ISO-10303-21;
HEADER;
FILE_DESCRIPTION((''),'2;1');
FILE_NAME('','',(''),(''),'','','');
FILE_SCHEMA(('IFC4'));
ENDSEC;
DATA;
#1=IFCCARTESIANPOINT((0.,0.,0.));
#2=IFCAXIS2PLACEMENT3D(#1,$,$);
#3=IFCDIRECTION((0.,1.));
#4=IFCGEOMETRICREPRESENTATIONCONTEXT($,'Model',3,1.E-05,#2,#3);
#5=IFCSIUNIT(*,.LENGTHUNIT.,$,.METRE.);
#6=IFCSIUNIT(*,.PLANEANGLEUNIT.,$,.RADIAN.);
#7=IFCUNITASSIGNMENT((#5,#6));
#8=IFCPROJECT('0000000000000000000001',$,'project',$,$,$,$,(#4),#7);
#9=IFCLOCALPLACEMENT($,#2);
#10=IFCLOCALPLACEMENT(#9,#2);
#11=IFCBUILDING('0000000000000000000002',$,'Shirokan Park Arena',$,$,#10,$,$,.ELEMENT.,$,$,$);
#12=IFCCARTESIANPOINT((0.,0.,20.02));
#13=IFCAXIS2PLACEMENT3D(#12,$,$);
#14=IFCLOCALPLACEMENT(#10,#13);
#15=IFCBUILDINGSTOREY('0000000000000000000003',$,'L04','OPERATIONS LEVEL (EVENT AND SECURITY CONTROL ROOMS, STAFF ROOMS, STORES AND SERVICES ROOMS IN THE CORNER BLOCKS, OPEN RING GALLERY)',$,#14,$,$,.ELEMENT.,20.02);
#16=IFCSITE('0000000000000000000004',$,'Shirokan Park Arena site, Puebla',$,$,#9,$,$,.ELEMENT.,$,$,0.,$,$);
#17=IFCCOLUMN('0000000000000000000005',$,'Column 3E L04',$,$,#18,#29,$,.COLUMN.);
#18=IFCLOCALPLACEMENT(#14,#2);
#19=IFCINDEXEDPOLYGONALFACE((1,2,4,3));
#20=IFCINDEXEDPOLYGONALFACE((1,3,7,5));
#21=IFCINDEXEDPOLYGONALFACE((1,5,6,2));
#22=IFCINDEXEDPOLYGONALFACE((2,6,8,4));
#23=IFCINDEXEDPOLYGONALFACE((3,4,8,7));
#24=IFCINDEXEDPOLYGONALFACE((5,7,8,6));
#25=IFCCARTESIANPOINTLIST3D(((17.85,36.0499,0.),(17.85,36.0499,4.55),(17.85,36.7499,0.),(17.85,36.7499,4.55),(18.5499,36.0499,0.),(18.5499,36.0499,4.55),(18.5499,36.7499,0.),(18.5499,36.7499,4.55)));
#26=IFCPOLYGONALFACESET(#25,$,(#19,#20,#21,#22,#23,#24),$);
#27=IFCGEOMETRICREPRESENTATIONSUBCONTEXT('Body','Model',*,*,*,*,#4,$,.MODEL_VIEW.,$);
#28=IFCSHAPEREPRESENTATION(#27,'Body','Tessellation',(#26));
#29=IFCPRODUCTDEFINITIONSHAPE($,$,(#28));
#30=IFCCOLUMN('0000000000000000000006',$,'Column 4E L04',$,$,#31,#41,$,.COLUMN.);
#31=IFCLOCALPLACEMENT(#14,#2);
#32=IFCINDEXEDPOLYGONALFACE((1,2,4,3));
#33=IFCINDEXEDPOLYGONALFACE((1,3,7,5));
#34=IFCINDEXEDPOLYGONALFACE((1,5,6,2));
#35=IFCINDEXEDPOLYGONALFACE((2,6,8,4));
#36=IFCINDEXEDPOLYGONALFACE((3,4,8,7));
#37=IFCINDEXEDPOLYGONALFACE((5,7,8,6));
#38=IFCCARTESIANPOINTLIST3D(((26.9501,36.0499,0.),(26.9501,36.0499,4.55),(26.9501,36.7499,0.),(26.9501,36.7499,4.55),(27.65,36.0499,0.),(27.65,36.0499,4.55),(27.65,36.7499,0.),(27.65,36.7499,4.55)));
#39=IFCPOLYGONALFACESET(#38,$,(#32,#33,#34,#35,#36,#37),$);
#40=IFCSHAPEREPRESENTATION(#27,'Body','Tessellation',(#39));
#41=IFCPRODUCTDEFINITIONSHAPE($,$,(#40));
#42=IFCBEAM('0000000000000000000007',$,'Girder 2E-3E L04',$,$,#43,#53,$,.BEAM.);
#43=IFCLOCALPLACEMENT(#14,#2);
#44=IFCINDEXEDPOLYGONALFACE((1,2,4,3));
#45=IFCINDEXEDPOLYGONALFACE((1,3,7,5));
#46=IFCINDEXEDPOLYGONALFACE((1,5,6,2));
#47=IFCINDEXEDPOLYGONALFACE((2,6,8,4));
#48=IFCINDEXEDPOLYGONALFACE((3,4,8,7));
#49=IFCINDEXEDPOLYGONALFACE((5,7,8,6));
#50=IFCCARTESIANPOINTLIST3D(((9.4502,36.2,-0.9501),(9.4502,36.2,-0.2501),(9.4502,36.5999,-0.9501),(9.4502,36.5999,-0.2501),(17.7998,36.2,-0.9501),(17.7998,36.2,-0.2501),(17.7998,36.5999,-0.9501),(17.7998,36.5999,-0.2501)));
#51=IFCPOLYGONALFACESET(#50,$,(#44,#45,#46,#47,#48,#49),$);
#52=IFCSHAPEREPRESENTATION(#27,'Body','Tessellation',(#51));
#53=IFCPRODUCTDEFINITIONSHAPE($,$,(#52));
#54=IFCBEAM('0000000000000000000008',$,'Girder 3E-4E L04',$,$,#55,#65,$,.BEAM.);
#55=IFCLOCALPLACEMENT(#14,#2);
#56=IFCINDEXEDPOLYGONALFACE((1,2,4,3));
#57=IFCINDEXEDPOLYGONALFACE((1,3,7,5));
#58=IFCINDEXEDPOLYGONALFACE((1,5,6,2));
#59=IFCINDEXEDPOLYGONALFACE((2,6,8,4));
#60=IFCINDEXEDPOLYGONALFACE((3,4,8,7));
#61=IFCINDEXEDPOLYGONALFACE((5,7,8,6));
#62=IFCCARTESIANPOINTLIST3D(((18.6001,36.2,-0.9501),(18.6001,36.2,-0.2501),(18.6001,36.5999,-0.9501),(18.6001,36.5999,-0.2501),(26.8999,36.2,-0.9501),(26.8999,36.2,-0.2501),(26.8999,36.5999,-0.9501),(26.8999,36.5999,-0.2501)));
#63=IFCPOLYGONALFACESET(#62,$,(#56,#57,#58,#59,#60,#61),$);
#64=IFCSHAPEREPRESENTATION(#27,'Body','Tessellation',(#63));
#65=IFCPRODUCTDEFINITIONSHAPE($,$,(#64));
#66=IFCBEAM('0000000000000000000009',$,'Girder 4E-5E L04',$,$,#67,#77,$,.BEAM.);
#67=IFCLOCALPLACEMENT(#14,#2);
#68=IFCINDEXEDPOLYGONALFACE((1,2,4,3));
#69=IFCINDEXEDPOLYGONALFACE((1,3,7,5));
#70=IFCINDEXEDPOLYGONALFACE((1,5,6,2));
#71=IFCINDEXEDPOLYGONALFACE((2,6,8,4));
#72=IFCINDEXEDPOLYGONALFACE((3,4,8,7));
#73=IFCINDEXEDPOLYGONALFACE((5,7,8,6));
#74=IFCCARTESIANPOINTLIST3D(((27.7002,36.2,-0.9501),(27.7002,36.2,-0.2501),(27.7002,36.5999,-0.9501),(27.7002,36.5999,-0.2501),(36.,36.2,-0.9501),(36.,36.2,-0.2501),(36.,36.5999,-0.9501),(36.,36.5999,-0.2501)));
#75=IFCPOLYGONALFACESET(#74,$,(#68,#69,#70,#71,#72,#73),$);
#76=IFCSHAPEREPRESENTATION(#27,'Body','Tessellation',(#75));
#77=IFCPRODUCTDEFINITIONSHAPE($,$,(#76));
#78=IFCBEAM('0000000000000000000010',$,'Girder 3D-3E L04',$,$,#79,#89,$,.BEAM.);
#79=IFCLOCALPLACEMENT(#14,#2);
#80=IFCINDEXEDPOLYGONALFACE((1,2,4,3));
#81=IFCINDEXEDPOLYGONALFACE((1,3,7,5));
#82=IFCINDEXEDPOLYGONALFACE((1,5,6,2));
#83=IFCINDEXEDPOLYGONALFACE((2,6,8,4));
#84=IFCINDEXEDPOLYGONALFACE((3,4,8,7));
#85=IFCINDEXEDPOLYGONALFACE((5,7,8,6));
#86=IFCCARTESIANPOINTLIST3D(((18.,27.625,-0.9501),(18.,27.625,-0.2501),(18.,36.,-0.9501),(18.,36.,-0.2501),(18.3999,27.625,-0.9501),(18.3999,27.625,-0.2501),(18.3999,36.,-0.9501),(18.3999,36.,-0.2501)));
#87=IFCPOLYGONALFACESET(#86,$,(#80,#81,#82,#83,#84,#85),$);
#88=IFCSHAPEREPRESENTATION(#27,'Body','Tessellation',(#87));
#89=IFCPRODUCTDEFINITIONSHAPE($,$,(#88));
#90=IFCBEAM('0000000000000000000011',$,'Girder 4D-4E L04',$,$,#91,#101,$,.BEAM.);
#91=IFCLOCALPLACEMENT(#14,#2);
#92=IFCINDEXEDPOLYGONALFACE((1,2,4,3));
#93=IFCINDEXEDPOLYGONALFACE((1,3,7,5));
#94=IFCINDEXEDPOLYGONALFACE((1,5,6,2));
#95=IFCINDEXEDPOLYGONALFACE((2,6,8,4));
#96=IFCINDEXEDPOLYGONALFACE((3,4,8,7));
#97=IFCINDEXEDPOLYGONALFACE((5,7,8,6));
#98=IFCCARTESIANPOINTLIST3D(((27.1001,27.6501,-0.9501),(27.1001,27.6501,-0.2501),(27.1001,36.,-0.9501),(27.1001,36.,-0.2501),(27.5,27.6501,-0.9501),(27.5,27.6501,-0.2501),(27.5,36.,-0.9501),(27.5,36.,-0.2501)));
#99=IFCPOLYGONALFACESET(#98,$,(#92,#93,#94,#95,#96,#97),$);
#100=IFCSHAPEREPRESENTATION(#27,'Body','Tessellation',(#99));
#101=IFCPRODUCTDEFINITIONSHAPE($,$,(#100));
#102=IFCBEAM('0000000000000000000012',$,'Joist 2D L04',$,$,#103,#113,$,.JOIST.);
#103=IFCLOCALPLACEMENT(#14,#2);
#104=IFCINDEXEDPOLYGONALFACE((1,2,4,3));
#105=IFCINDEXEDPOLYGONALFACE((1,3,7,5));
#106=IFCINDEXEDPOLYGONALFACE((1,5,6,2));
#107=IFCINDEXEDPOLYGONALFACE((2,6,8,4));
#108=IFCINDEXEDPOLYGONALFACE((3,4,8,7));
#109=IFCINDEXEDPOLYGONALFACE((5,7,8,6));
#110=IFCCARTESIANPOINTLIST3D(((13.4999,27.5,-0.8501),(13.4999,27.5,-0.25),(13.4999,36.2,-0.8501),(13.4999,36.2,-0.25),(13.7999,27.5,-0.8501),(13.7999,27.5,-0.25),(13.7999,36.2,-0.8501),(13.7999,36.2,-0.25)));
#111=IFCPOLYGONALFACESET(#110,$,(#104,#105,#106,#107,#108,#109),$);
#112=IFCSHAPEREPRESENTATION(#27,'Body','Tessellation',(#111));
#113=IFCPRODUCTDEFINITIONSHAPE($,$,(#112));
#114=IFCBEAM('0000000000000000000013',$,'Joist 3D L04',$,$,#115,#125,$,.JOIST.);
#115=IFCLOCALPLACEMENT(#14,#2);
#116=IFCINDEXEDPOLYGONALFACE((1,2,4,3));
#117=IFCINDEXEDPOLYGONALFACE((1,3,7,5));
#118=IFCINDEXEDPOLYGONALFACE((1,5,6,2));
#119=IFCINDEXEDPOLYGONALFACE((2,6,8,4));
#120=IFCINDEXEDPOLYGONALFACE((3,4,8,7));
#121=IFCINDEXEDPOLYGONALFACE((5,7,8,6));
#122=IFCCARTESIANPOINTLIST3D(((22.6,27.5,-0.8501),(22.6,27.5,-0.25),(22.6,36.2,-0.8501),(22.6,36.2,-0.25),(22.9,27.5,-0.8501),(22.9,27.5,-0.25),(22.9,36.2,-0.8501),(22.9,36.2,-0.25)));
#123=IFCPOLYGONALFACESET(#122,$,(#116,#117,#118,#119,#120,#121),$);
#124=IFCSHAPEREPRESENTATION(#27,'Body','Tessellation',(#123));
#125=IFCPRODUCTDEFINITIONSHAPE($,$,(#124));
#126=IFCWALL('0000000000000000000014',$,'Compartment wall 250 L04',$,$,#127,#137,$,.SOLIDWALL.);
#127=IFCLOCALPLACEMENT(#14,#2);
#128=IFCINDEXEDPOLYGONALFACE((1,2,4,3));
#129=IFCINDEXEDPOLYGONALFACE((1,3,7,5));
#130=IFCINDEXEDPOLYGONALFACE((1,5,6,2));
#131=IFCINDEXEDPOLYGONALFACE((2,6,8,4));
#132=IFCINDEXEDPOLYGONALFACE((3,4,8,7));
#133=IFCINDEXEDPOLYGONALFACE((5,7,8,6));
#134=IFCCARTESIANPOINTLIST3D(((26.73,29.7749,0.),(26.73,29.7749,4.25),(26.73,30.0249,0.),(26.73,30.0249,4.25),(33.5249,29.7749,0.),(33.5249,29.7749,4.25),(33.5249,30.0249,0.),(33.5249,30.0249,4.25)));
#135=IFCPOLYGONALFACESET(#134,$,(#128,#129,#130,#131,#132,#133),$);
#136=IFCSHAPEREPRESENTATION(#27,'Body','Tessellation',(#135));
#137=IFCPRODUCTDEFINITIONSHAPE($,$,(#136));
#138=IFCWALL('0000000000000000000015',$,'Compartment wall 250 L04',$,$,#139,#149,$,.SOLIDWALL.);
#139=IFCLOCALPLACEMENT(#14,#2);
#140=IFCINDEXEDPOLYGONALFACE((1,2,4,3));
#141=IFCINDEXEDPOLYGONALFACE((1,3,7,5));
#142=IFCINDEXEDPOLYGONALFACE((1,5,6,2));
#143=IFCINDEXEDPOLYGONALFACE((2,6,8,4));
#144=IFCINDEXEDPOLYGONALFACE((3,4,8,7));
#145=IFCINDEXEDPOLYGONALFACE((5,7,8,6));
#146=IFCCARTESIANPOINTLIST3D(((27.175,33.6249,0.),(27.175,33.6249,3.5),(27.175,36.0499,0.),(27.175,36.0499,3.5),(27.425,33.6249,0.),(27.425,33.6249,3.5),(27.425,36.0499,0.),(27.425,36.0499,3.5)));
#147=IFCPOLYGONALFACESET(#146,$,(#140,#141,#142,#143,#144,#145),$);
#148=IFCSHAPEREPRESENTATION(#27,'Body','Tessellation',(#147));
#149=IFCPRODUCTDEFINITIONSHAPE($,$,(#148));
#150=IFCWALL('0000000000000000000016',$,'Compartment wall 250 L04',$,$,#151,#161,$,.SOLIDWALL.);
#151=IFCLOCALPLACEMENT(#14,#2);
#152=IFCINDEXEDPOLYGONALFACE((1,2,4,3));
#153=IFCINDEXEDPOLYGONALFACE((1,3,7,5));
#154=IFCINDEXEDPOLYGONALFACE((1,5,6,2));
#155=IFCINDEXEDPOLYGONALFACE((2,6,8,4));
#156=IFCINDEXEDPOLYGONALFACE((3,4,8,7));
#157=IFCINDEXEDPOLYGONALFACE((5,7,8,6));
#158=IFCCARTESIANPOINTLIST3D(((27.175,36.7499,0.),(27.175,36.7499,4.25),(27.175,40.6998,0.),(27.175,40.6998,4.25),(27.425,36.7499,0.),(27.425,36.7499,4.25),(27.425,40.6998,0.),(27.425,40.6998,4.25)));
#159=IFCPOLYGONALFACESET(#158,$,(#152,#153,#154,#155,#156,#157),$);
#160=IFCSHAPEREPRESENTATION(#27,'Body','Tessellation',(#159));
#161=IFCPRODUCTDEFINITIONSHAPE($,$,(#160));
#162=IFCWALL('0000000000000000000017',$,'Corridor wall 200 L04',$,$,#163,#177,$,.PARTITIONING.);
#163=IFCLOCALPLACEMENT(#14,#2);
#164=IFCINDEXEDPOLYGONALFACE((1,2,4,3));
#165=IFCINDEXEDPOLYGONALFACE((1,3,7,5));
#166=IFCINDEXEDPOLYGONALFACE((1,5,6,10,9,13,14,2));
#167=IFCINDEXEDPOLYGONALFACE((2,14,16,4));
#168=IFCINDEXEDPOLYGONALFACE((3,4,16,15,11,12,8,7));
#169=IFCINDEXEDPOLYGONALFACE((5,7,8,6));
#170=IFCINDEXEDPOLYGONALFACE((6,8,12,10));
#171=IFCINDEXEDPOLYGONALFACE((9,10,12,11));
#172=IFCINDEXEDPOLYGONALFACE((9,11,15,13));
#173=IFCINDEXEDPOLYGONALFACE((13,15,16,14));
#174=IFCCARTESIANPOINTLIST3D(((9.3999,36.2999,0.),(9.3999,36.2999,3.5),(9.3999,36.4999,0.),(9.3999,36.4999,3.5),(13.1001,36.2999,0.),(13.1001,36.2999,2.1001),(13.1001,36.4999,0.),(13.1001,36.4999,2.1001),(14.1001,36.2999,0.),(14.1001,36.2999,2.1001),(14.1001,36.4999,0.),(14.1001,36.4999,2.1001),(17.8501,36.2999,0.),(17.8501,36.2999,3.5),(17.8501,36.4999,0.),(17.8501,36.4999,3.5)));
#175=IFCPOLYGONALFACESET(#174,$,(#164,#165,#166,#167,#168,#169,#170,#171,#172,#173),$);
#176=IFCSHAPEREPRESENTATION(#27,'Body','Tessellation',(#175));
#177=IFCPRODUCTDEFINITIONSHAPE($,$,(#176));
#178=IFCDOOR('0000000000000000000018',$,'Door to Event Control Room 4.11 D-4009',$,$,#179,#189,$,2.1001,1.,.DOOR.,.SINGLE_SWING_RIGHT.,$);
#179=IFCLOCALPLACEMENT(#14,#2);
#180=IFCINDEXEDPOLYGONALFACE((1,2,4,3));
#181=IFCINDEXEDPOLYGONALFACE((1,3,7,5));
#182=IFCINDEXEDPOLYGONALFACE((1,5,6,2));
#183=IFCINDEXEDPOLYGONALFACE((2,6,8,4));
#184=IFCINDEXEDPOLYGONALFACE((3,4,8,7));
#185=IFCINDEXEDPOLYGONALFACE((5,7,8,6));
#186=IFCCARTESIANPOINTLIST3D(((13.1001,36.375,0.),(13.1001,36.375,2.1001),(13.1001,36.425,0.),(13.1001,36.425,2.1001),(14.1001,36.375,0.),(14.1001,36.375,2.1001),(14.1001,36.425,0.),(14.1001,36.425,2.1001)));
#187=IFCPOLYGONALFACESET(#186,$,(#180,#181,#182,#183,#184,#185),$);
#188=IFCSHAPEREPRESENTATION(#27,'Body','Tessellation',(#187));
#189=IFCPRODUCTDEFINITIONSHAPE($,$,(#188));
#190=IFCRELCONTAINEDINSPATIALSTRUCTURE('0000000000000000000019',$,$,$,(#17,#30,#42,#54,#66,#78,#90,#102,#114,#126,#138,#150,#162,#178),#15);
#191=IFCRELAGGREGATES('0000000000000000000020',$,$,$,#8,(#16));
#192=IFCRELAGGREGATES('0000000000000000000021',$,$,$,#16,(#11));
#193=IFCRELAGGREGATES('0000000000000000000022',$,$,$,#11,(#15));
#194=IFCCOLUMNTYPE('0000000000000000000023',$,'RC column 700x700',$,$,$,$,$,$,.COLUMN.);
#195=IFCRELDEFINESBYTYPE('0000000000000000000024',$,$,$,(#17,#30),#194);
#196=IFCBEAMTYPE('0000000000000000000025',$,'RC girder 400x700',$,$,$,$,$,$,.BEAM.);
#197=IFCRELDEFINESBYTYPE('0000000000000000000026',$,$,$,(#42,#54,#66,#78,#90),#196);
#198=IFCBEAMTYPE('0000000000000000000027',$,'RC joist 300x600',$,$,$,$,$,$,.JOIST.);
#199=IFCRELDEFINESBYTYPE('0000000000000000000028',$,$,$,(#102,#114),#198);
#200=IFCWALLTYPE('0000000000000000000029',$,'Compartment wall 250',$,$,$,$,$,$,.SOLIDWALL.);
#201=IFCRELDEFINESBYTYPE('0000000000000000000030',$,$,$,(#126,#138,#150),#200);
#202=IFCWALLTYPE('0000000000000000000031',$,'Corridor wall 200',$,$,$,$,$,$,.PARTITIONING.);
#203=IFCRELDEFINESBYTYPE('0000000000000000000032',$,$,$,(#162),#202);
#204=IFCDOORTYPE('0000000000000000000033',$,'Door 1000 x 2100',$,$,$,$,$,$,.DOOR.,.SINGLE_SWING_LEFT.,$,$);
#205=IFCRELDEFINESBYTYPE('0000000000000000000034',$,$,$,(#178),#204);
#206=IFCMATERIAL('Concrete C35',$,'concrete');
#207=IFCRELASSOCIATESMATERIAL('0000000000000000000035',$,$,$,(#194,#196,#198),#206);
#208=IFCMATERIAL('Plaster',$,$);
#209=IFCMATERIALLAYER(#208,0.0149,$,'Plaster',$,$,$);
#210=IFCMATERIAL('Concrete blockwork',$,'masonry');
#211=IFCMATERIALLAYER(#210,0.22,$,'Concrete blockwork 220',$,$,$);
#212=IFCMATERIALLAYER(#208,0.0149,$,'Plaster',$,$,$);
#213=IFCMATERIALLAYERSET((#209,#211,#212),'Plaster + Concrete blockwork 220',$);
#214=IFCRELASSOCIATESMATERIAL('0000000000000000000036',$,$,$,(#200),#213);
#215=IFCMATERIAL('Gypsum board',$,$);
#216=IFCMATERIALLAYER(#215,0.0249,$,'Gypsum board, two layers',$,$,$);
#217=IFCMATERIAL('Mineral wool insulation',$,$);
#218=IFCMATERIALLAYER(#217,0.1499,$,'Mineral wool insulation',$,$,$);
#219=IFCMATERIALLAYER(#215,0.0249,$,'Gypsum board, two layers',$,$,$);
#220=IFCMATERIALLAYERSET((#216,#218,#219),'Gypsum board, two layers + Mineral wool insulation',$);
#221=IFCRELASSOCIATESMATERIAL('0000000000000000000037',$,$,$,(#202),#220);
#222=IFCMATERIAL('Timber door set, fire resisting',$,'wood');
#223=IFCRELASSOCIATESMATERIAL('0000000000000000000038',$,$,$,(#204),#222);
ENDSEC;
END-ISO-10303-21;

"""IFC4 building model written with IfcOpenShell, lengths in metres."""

from ifc_helpers import new_model, si_unit, direction, frame, frame_2d, origin, origin_2d, place, context, subcontext, project, spatial, rectangle, extrude, material, layer, layer_set, material_profile, profile_set, type_object, element, fill, save


model = new_model("IFC4")

# Units and contexts
model_context = context("Model", 3, precision=1e-05, world=origin(), true_north=direction((0.0, 1.0)))
body_context = subcontext(model_context, "Body", "Model", "MODEL_VIEW")
ifc_project = project(units=[si_unit("LENGTHUNIT", "METRE"), si_unit("PLANEANGLEUNIT", "RADIAN")], contexts=[model_context])

# Site, building, storey
site_placement = place(None, origin())
site = spatial("IfcSite", under=ifc_project, at=site_placement, Name="Shirokan Park Arena site, Puebla", CompositionType="ELEMENT", RefElevation=0.0)
building_placement = place(site_placement, origin())
building = spatial("IfcBuilding", under=site, at=building_placement, Name="Shirokan Park Arena", CompositionType="ELEMENT")
storey_placement = place(building_placement, frame((0.0, 0.0, 20.02)))
storey = spatial("IfcBuildingStorey", under=building, at=storey_placement, Name="L04", Description="OPERATIONS LEVEL (EVENT AND SECURITY CONTROL ROOMS, STAFF ROOMS, STORES AND SERVICES ROOMS IN THE CORNER BLOCKS, OPEN RING GALLERY)", CompositionType="ELEMENT", Elevation=20.02)

# Columns
ifc_material_1 = material(Name="Concrete C35", Category="concrete")
ifc_material_profile_1 = material_profile(ifc_material_1, rectangle(XDim=0.7, YDim=0.7, at=origin_2d()), Name="700x700")
ifc_profile_set_1 = profile_set([ifc_material_profile_1], Name="Concrete C35")
column_type = type_object("IfcColumnType", Name="RC column 700x700", PredefinedType="COLUMN", material=ifc_profile_set_1)
for number, where, z_axis, x_axis, name in (
    (1, (18.2, 36.3999, 0.0), (0.0, 0.0, 1.0), (1.0, 0.0, 0.0), "Column 3E L04"),
    (2, (27.3, 36.3999, 0.0), (0.0, 0.0, 1.0), (1.0, 0.0, 0.0), "Column 4E L04"),
):
    element("IfcColumn", number, at=place(storey_placement, frame(where, z_axis=z_axis, x_axis=x_axis)), inside=storey, type_object=column_type, Name=name, PredefinedType="COLUMN", context=body_context, shape_type="SweptSolid", body=[
        extrude(rectangle(XDim=0.7, YDim=0.7, at=origin_2d()), origin(), (0.0, 0.0, 1.0), 4.55),
    ])

# Beams
ifc_material_profile_2 = material_profile(ifc_material_1, rectangle(XDim=0.3999, YDim=0.7, at=origin_2d()), Name="400x700")
ifc_profile_set_2 = profile_set([ifc_material_profile_2], Name="Concrete C35")
beam_type_1 = type_object("IfcBeamType", Name="RC girder 400x700", PredefinedType="BEAM", material=ifc_profile_set_2)
beam_1_placement = place(storey_placement, frame((9.4502, 36.3999, -0.6001), z_axis=(1.0, 0.0, 0.0), x_axis=(0.0, 1.0, 0.0)))
element("IfcBeam", 3, at=beam_1_placement, inside=storey, type_object=beam_type_1, Name="Girder 2E-3E L04", PredefinedType="BEAM", context=body_context, shape_type="SweptSolid", body=[
    extrude(rectangle(XDim=0.3999, YDim=0.7, at=origin_2d()), origin(), (0.0, 0.0, 1.0), 8.3496),
])
for number, where, z_axis, x_axis, name in (
    (4, (18.6001, 36.3999, -0.6001), (1.0, 0.0, 0.0), (0.0, 1.0, 0.0), "Girder 3E-4E L04"),
    (5, (27.7002, 36.3999, -0.6001), (1.0, 0.0, 0.0), (0.0, 1.0, 0.0), "Girder 4E-5E L04"),
):
    element("IfcBeam", number, at=place(storey_placement, frame(where, z_axis=z_axis, x_axis=x_axis)), inside=storey, type_object=beam_type_1, Name=name, PredefinedType="BEAM", context=body_context, shape_type="SweptSolid", body=[
        extrude(rectangle(XDim=0.3999, YDim=0.7, at=origin_2d()), origin(), (0.0, 0.0, 1.0), 8.2998),
    ])
beam_2_placement = place(storey_placement, frame((18.2, 27.625, -0.6001), z_axis=(0.0, 1.0, 0.0), x_axis=(-1.0, 0.0, 0.0)))
element("IfcBeam", 6, at=beam_2_placement, inside=storey, type_object=beam_type_1, Name="Girder 3D-3E L04", PredefinedType="BEAM", context=body_context, shape_type="SweptSolid", body=[
    extrude(rectangle(XDim=0.3999, YDim=0.7, at=origin_2d()), origin(), (0.0, 0.0, 1.0), 8.375),
])
beam_3_placement = place(storey_placement, frame((27.3, 27.6501, -0.6001), z_axis=(0.0, 1.0, 0.0), x_axis=(-1.0, 0.0, 0.0)))
element("IfcBeam", 7, at=beam_3_placement, inside=storey, type_object=beam_type_1, Name="Girder 4D-4E L04", PredefinedType="BEAM", context=body_context, shape_type="SweptSolid", body=[
    extrude(rectangle(XDim=0.3999, YDim=0.7, at=origin_2d()), origin(), (0.0, 0.0, 1.0), 8.3499),
])
ifc_material_profile_3 = material_profile(ifc_material_1, rectangle(XDim=0.3, YDim=0.6001, at=origin_2d()), Name="300x600")
ifc_profile_set_3 = profile_set([ifc_material_profile_3], Name="Concrete C35")
beam_type_2 = type_object("IfcBeamType", Name="RC joist 300x600", PredefinedType="JOIST", material=ifc_profile_set_3)
for number, where, z_axis, x_axis, name in (
    (8, (13.6499, 27.5, -0.55), (0.0, 1.0, 0.0), (-1.0, 0.0, 0.0), "Joist 2D L04"),
    (9, (22.75, 27.5, -0.55), (0.0, 1.0, 0.0), (-1.0, 0.0, 0.0), "Joist 3D L04"),
):
    element("IfcBeam", number, at=place(storey_placement, frame(where, z_axis=z_axis, x_axis=x_axis)), inside=storey, type_object=beam_type_2, Name=name, PredefinedType="JOIST", context=body_context, shape_type="SweptSolid", body=[
        extrude(rectangle(XDim=0.3, YDim=0.6001, at=origin_2d()), origin(), (0.0, 0.0, 1.0), 8.7),
    ])

# Walls
ifc_material_2 = material(Name="Plaster")
ifc_layer_1 = layer(ifc_material_2, 0.0149, Name="Plaster")
ifc_material_3 = material(Name="Concrete blockwork", Category="masonry")
ifc_layer_2 = layer(ifc_material_3, 0.22, Name="Concrete blockwork 220")
ifc_layer_3 = layer(ifc_material_2, 0.0149, Name="Plaster")
ifc_layer_set_1 = layer_set([ifc_layer_1, ifc_layer_2, ifc_layer_3], Name="Plaster + Concrete blockwork 220")
wall_type_1 = type_object("IfcWallType", Name="Compartment wall 250", PredefinedType="SOLIDWALL", material=ifc_layer_set_1)
wall_1_placement = place(storey_placement, frame((26.73, 29.8999, 0.0), z_axis=(0.0, 0.0, 1.0), x_axis=(1.0, 0.0, 0.0)))
element("IfcWall", 10, at=wall_1_placement, inside=storey, type_object=wall_type_1, Name="Compartment wall 250 L04", PredefinedType="SOLIDWALL", context=body_context, shape_type="SweptSolid", body=[
    extrude(rectangle(XDim=6.7949, YDim=0.25, at=frame_2d((3.3975, 0.0))), origin(), (0.0, 0.0, 1.0), 4.25),
])
wall_2_placement = place(storey_placement, frame((27.3, 33.625, 0.0), z_axis=(0.0, 0.0, 1.0), x_axis=(0.0, 1.0, 0.0)))
element("IfcWall", 11, at=wall_2_placement, inside=storey, type_object=wall_type_1, Name="Compartment wall 250 L04", PredefinedType="SOLIDWALL", context=body_context, shape_type="SweptSolid", body=[
    extrude(rectangle(XDim=2.425, YDim=0.25, at=frame_2d((1.2124, 0.0))), origin(), (0.0, 0.0, 1.0), 3.5),
])
wall_3_placement = place(storey_placement, frame((27.3, 40.7, 0.0), z_axis=(0.0, 0.0, 1.0), x_axis=(0.0, -1.0, 0.0)))
element("IfcWall", 12, at=wall_3_placement, inside=storey, type_object=wall_type_1, Name="Compartment wall 250 L04", PredefinedType="SOLIDWALL", context=body_context, shape_type="SweptSolid", body=[
    extrude(rectangle(XDim=3.95, YDim=0.25, at=frame_2d((1.9751, 0.0))), origin(), (0.0, 0.0, 1.0), 4.25),
])

# Wall, opening, door
ifc_material_4 = material(Name="Gypsum board")
ifc_layer_4 = layer(ifc_material_4, 0.0249, Name="Gypsum board, two layers")
ifc_material_5 = material(Name="Mineral wool insulation")
ifc_layer_5 = layer(ifc_material_5, 0.1499, Name="Mineral wool insulation")
ifc_layer_6 = layer(ifc_material_4, 0.0249, Name="Gypsum board, two layers")
ifc_layer_set_2 = layer_set([ifc_layer_4, ifc_layer_5, ifc_layer_6], Name="Gypsum board, two layers + Mineral wool insulation")
wall_type_2 = type_object("IfcWallType", Name="Corridor wall 200", PredefinedType="PARTITIONING", material=ifc_layer_set_2)
wall_4_placement = place(storey_placement, frame((17.8501, 36.3999, 0.0), z_axis=(0.0, 0.0, 1.0), x_axis=(-1.0, 0.0, 0.0)))
wall_4 = element("IfcWall", 13, at=wall_4_placement, inside=storey, type_object=wall_type_2, Name="Corridor wall 200 L04", PredefinedType="PARTITIONING", context=body_context, shape_type="SweptSolid", body=[
    extrude(rectangle(XDim=8.4502, YDim=0.2, at=frame_2d((4.2251, 0.0))), origin(), (0.0, 0.0, 1.0), 3.5),
])
opening_1_placement = place(wall_4_placement, frame((3.75, 0.0, 0.0)))
opening_1 = element("IfcOpeningElement", 14, at=opening_1_placement, cuts=wall_4, PredefinedType="OPENING", context=body_context, shape_type="SweptSolid", body=[
    extrude(rectangle(XDim=1.0, YDim=2.1001, at=frame_2d((0.5, 1.05))), frame((0.0, 0.1099, 0.0), z_axis=(0.0, -1.0, 0.0), x_axis=(1.0, 0.0, 0.0)), (0.0, 0.0, 1.0), 0.22),
])
ifc_material_6 = material(Name="Timber door set, fire resisting", Category="wood")
door_type_1 = type_object("IfcDoorType", Name="Door 1000 x 2100", OperationType="SINGLE_SWING_LEFT", PredefinedType="DOOR", material=ifc_material_6)
door_1_placement = place(opening_1_placement, origin())
door_1 = element("IfcDoor", 15, at=door_1_placement, inside=storey, type_object=door_type_1, Name="Door to Event Control Room 4.11 D-4009", OperationType="SINGLE_SWING_RIGHT", OverallHeight=2.1001, OverallWidth=1.0, PredefinedType="DOOR", context=body_context, shape_type="SweptSolid", body=[
    extrude(rectangle(XDim=1.0, YDim=2.1001, at=frame_2d((0.5, 1.05))), frame((0.0, 0.0249, 0.0), z_axis=(0.0, -1.0, 0.0), x_axis=(1.0, 0.0, 0.0)), (0.0, 0.0, 1.0), 0.05),
])
fill(opening_1, door_1)

save(model, "model.ifc")
